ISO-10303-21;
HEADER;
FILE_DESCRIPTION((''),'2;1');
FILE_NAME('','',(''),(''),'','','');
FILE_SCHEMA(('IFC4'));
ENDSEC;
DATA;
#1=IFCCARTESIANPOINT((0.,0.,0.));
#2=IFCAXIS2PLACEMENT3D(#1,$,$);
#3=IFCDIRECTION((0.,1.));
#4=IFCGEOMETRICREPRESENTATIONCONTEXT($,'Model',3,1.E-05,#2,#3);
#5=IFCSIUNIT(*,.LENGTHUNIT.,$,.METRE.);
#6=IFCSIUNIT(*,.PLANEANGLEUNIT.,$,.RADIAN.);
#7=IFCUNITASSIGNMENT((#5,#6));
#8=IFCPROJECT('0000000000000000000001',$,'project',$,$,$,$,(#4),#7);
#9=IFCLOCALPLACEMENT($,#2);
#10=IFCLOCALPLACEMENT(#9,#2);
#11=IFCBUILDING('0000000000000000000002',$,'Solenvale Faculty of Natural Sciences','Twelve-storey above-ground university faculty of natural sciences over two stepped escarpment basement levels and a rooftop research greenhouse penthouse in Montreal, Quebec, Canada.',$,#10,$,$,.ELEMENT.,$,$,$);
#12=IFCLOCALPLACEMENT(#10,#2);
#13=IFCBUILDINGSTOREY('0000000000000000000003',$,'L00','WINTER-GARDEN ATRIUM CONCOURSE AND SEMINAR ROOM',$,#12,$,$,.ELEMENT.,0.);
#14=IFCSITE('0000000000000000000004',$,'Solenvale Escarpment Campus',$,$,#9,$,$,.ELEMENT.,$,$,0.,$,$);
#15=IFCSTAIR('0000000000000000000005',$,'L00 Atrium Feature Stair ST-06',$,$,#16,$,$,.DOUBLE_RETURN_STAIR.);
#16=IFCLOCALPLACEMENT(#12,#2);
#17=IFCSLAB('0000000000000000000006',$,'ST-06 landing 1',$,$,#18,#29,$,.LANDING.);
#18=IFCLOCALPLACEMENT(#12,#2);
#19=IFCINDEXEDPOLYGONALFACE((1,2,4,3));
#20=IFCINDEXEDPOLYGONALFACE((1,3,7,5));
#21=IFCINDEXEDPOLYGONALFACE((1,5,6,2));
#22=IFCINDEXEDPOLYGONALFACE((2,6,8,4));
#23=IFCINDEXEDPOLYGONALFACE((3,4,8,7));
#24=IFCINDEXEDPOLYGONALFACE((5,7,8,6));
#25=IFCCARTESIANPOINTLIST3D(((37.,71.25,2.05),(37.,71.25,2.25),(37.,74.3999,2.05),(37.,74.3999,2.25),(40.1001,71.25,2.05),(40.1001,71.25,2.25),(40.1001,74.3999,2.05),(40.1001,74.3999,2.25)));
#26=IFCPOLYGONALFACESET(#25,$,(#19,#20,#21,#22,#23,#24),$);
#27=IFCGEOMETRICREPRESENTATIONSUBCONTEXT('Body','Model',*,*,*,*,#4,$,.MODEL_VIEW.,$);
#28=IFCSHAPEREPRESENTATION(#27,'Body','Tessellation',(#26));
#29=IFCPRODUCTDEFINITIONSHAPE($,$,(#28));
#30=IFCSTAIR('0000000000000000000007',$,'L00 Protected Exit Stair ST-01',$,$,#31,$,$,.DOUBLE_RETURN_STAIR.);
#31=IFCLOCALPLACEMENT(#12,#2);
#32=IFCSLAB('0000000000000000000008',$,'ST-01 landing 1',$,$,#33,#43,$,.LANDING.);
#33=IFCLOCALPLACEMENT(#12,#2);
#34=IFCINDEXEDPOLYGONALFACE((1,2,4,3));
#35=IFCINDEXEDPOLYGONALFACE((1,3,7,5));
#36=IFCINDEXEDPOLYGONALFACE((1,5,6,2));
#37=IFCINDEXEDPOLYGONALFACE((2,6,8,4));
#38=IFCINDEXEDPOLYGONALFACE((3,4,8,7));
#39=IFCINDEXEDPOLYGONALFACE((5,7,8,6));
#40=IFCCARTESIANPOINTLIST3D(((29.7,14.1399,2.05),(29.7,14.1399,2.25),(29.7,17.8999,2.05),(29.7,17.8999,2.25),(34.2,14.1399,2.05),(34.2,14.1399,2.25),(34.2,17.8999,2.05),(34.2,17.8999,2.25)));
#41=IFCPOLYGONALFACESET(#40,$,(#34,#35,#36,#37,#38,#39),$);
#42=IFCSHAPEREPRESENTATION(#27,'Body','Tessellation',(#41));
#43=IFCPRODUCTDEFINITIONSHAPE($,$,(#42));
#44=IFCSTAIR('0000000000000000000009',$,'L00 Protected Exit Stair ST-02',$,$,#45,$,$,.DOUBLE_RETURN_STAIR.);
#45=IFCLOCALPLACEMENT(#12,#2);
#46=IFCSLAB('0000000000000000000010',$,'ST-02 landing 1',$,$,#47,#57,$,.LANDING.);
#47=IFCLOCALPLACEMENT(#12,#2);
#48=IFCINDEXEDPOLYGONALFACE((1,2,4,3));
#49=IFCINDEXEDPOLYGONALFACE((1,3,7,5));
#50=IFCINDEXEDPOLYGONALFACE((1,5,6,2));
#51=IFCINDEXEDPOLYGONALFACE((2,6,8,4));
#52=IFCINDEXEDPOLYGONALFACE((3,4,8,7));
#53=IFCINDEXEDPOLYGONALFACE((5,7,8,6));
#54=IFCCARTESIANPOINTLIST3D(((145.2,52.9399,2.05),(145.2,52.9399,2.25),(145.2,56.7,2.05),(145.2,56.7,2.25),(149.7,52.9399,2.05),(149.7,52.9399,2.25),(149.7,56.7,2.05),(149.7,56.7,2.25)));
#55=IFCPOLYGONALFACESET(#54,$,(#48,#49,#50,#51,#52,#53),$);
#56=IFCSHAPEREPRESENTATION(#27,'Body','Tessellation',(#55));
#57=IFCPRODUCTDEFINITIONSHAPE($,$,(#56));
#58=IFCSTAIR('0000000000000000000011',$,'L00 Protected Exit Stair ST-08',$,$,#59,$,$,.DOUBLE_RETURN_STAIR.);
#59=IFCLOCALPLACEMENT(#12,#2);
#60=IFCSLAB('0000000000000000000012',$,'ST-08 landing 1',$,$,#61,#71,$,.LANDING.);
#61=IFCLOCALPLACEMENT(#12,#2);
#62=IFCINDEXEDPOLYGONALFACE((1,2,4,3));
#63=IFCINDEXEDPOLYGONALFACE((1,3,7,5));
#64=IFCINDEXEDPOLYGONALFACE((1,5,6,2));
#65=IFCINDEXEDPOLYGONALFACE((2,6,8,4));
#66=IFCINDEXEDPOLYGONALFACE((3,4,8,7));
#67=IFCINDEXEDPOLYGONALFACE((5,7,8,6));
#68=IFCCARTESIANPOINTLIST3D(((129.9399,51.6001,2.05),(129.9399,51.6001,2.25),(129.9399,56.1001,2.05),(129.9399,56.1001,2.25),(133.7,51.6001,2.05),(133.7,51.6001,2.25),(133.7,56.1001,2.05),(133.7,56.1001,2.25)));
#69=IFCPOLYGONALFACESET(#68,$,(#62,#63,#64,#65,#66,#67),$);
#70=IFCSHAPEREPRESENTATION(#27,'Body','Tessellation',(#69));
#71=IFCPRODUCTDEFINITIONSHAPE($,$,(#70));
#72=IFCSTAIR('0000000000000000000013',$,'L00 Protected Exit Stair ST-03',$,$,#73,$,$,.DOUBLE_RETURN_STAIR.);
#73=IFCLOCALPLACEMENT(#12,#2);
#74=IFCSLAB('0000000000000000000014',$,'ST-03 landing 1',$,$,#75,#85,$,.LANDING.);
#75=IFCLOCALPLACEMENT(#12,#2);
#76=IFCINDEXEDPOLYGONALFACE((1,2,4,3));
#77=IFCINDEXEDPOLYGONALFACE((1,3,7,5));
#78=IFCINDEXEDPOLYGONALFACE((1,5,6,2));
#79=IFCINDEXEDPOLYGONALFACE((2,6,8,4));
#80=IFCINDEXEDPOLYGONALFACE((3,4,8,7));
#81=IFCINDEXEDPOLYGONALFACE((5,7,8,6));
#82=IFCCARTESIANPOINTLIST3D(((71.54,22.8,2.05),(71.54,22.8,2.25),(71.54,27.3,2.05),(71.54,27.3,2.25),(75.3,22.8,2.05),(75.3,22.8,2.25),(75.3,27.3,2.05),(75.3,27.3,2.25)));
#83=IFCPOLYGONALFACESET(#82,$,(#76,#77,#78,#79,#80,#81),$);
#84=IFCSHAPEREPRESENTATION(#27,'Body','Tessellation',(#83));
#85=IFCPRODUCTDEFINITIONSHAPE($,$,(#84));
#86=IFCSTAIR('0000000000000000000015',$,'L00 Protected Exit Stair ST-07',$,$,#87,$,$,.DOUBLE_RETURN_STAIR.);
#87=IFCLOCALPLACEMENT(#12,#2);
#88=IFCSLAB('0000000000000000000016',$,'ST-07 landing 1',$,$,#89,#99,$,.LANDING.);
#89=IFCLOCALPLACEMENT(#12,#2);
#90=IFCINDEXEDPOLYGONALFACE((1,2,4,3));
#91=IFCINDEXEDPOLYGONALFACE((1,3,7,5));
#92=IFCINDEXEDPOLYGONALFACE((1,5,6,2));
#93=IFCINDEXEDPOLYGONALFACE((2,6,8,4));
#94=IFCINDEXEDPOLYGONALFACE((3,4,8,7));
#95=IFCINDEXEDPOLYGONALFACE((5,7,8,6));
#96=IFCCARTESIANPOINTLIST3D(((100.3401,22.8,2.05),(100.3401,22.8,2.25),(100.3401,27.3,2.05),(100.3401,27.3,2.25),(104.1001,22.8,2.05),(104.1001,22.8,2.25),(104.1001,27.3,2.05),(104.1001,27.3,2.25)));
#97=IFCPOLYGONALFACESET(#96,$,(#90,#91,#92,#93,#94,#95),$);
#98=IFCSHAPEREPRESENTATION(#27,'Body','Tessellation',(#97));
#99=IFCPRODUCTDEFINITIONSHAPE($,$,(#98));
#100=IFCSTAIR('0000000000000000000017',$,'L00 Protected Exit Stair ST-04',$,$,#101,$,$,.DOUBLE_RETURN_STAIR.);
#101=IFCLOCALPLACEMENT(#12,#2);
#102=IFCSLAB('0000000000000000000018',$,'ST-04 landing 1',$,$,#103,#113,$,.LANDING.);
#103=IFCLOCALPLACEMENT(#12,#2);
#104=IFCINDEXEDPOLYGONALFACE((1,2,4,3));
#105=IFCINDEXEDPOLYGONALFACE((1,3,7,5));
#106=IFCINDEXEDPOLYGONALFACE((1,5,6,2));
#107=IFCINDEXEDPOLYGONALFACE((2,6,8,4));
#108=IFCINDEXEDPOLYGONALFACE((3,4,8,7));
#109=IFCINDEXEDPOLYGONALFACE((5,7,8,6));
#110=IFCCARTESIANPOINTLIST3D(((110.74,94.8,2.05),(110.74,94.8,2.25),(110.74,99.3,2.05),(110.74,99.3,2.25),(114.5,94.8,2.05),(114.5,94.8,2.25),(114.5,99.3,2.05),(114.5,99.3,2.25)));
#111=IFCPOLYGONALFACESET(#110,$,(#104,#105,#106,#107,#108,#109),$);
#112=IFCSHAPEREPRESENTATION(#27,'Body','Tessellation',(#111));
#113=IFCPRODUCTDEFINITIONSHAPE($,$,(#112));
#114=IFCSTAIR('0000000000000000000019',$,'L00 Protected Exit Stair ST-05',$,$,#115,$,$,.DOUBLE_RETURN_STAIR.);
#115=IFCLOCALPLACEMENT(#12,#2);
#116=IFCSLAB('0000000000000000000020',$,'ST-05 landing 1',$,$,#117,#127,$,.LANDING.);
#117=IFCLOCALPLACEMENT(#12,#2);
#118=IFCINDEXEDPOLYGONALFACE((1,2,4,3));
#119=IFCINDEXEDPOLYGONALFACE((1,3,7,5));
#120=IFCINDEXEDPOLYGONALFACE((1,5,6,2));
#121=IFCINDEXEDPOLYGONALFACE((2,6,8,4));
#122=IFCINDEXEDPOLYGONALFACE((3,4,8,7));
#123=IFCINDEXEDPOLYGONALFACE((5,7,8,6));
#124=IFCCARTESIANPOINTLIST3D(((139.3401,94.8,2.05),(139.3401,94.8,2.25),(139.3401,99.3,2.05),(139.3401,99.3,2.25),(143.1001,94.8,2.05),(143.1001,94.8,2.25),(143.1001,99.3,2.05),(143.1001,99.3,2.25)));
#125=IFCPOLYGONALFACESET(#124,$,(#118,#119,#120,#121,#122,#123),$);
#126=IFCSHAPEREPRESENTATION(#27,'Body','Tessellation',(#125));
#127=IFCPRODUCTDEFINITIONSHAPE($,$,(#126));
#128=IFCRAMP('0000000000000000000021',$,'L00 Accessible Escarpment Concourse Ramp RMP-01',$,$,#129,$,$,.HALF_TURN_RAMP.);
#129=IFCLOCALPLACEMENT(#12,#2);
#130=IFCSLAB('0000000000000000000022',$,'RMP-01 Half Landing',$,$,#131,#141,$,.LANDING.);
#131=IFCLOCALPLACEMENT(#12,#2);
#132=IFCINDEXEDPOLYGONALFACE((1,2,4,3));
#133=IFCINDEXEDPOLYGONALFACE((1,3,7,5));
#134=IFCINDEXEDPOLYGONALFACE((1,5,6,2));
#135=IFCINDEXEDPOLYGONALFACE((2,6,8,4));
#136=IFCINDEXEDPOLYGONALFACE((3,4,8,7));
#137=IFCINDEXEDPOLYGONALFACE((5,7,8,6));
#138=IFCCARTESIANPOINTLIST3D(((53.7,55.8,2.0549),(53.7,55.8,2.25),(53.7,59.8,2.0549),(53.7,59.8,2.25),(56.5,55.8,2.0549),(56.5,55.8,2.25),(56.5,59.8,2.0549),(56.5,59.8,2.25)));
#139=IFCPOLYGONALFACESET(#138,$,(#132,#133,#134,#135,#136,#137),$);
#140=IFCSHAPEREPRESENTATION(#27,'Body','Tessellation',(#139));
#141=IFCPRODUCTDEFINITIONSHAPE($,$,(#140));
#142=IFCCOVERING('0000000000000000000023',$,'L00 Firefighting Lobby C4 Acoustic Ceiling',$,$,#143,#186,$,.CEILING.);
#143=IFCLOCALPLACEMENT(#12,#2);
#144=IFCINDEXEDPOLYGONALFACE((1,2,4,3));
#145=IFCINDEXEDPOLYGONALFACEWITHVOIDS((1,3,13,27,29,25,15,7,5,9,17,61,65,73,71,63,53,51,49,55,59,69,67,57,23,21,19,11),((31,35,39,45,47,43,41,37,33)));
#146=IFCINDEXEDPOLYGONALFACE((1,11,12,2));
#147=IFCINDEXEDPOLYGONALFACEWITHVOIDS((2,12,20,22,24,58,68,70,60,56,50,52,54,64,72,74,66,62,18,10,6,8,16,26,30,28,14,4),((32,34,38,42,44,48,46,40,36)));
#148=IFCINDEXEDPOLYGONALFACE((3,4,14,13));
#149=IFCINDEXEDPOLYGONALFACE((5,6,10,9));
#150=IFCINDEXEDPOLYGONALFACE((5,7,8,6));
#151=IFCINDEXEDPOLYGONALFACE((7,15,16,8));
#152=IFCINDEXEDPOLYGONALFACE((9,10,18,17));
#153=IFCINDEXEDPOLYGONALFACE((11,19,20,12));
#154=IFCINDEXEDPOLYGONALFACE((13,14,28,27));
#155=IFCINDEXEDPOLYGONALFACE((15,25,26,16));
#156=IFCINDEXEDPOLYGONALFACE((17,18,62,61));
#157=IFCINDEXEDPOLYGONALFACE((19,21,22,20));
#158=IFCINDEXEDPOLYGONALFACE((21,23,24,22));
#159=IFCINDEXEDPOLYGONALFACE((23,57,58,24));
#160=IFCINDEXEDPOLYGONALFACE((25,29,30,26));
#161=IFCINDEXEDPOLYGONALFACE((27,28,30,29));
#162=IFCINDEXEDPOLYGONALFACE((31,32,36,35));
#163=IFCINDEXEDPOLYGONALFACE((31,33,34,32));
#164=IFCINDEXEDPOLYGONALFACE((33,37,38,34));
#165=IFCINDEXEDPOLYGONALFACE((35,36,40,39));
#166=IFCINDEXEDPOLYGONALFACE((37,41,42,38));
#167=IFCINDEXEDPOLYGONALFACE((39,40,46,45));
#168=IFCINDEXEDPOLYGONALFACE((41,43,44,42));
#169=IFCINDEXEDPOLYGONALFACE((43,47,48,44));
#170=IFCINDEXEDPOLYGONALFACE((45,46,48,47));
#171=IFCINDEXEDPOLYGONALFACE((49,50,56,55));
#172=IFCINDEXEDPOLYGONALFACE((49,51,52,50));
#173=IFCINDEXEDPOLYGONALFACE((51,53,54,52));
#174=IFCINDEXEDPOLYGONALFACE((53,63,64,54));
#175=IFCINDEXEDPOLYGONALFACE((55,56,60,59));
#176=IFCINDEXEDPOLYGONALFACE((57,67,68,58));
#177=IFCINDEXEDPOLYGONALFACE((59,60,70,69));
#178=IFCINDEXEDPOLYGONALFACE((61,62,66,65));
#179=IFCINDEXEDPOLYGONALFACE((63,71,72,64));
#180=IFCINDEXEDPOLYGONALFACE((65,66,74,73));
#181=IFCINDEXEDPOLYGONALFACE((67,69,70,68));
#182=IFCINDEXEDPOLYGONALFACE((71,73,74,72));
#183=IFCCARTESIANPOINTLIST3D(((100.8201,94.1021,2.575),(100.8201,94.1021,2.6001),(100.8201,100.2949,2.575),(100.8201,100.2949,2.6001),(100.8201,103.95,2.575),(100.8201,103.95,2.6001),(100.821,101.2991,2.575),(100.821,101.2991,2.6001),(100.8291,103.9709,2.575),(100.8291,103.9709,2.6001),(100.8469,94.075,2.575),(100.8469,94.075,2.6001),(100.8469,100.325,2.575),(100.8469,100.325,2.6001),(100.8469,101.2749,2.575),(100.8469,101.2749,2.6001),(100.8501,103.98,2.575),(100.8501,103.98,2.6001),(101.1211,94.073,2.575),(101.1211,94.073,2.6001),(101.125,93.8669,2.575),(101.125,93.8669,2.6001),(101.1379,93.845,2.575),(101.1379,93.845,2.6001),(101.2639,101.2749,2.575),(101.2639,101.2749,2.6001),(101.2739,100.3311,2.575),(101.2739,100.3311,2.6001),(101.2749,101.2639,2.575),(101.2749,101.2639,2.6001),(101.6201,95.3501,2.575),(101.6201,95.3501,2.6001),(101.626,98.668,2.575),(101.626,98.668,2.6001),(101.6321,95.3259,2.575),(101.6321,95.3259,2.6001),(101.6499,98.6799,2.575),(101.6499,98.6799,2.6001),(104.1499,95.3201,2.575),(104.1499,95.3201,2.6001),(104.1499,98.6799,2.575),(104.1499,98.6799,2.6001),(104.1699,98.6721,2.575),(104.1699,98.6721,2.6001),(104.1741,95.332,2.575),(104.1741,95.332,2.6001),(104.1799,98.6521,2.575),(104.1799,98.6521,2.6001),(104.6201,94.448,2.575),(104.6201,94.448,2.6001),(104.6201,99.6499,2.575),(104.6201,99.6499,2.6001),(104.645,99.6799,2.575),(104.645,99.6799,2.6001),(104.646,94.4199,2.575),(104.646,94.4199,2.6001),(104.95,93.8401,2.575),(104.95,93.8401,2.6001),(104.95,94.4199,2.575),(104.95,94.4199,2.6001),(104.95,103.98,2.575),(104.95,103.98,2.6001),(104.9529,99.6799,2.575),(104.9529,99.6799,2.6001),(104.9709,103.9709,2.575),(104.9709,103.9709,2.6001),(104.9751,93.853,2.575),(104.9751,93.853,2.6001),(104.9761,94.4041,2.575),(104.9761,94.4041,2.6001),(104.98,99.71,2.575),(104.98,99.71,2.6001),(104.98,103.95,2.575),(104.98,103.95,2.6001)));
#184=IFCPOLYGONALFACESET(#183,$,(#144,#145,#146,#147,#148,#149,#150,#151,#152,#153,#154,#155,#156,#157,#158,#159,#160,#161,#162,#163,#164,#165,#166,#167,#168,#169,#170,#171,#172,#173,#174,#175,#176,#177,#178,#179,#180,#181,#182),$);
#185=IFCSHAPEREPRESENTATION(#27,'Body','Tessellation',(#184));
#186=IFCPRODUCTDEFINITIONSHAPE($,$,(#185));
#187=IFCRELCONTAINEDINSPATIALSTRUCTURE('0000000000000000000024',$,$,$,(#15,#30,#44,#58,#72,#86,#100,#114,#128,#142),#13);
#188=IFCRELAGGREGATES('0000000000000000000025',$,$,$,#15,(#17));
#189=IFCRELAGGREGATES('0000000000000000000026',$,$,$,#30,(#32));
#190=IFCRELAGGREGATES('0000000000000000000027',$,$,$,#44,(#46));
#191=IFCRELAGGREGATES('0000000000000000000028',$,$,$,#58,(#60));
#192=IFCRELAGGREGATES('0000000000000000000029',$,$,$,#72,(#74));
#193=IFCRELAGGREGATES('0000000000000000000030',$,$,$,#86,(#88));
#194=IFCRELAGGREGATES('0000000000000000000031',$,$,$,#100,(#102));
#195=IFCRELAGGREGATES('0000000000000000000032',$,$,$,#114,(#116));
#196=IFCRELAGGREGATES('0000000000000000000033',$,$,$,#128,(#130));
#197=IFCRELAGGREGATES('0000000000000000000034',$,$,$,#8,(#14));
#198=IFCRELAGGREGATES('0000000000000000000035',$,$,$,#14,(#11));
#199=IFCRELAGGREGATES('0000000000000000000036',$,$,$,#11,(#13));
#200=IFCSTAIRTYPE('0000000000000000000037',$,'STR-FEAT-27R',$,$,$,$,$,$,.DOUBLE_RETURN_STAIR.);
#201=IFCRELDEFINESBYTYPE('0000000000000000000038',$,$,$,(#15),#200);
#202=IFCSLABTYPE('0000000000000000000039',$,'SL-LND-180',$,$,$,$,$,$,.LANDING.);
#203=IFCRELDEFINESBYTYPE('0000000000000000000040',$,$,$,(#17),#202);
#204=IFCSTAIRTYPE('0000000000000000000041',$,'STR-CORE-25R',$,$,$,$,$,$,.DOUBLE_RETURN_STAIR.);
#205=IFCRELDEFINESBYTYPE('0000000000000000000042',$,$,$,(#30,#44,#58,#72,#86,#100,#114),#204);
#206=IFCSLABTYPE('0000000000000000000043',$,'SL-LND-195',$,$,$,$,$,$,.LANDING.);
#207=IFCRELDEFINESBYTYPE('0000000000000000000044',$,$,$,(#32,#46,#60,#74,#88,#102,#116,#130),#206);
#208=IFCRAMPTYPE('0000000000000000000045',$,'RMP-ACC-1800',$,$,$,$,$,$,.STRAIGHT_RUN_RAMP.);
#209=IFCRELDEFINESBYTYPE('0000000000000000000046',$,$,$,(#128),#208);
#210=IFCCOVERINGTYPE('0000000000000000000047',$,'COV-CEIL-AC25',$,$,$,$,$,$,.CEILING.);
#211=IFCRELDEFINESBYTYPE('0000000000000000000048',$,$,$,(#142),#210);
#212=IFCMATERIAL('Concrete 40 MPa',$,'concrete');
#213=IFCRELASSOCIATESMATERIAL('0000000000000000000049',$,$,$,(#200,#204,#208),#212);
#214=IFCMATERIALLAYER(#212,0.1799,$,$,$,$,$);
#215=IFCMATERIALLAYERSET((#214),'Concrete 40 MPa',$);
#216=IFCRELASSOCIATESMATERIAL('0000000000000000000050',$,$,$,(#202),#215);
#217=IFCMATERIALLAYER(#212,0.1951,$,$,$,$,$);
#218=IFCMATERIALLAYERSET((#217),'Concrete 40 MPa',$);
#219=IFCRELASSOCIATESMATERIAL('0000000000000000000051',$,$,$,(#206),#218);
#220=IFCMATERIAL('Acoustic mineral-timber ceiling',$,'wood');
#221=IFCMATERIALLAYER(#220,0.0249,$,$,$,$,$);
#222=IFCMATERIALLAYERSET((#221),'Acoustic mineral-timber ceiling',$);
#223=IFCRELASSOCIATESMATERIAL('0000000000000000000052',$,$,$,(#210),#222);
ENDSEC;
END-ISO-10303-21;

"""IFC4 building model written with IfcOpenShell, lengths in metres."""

from ifc_helpers import new_model, si_unit, direction, frame, origin, place, context, subcontext, project, spatial, polyline, outline, extrude, material, layer, layer_set, type_object, element, aggregate, save


model = new_model("IFC4")

# Units and contexts
model_context = context("Model", 3, precision=1e-05, world=origin(), true_north=direction((0.0, 1.0)))
body_context = subcontext(model_context, "Body", "Model", "MODEL_VIEW")
ifc_project = project(units=[si_unit("LENGTHUNIT", "METRE"), si_unit("PLANEANGLEUNIT", "RADIAN")], contexts=[model_context])

# Site, building, storey
site_placement = place(None, origin())
site = spatial("IfcSite", under=ifc_project, at=site_placement, Name="Solenvale Escarpment Campus", CompositionType="ELEMENT", RefElevation=0.0)
building_placement = place(site_placement, origin())
building = spatial("IfcBuilding", under=site, at=building_placement, Name="Solenvale Faculty of Natural Sciences", Description="Twelve-storey above-ground university faculty of natural sciences over two stepped escarpment basement levels and a rooftop research greenhouse penthouse in Montreal, Quebec, Canada.", CompositionType="ELEMENT")
storey_placement = place(building_placement, origin())
storey = spatial("IfcBuildingStorey", under=building, at=storey_placement, Name="L00", Description="WINTER-GARDEN ATRIUM CONCOURSE AND SEMINAR ROOM", CompositionType="ELEMENT", Elevation=0.0)

# Stairs, slabs
ifc_material_1 = material(Name="Concrete 40 MPa", Category="concrete")
stair_type_1 = type_object("IfcStairType", Name="STR-FEAT-27R", PredefinedType="DOUBLE_RETURN_STAIR", material=ifc_material_1)
stair_1_placement = place(storey_placement, origin())
stair_1 = element("IfcStair", 1, at=stair_1_placement, inside=storey, type_object=stair_type_1, Name="L00 Atrium Feature Stair ST-06", PredefinedType="DOUBLE_RETURN_STAIR")
ifc_layer_1 = layer(ifc_material_1, 0.1799)
ifc_layer_set_1 = layer_set([ifc_layer_1], Name="Concrete 40 MPa")
slab_type_1 = type_object("IfcSlabType", Name="SL-LND-180", PredefinedType="LANDING", material=ifc_layer_set_1)
slab_1_placement = place(storey_placement, frame((0.0, 0.0, 2.05)))
slab_1 = element("IfcSlab", 2, at=slab_1_placement, type_object=slab_type_1, Name="ST-06 landing 1", PredefinedType="LANDING", context=body_context, shape_type="SweptSolid", body=[
    extrude(outline(polyline([(40.1001, 71.25), (40.1001, 74.3999), (37.0, 74.3999), (37.0, 71.25), (40.1001, 71.25)])), origin(), (0.0, 0.0, 1.0), 0.2),
])
aggregate(stair_1, [slab_1])
stair_type_2 = type_object("IfcStairType", Name="STR-CORE-25R", PredefinedType="DOUBLE_RETURN_STAIR", material=ifc_material_1)
stair_2_placement = place(storey_placement, origin())
stair_2 = element("IfcStair", 3, at=stair_2_placement, inside=storey, type_object=stair_type_2, Name="L00 Protected Exit Stair ST-01", PredefinedType="DOUBLE_RETURN_STAIR")
ifc_layer_2 = layer(ifc_material_1, 0.1951)
ifc_layer_set_2 = layer_set([ifc_layer_2], Name="Concrete 40 MPa")
slab_type_2 = type_object("IfcSlabType", Name="SL-LND-195", PredefinedType="LANDING", material=ifc_layer_set_2)
slab_2_placement = place(storey_placement, frame((0.0, 0.0, 2.05)))
slab_2 = element("IfcSlab", 4, at=slab_2_placement, type_object=slab_type_2, Name="ST-01 landing 1", PredefinedType="LANDING", context=body_context, shape_type="SweptSolid", body=[
    extrude(outline(polyline([(34.2, 14.1399), (34.2, 17.8999), (29.7, 17.8999), (29.7, 14.1399), (34.2, 14.1399)])), origin(), (0.0, 0.0, 1.0), 0.2),
])
aggregate(stair_2, [slab_2])
stair_3_placement = place(storey_placement, origin())
stair_3 = element("IfcStair", 5, at=stair_3_placement, inside=storey, type_object=stair_type_2, Name="L00 Protected Exit Stair ST-02", PredefinedType="DOUBLE_RETURN_STAIR")
slab_3_placement = place(storey_placement, frame((0.0, 0.0, 2.05)))
slab_3 = element("IfcSlab", 6, at=slab_3_placement, type_object=slab_type_2, Name="ST-02 landing 1", PredefinedType="LANDING", context=body_context, shape_type="SweptSolid", body=[
    extrude(outline(polyline([(149.7, 52.9399), (149.7, 56.7), (145.2, 56.7), (145.2, 52.9399), (149.7, 52.9399)])), origin(), (0.0, 0.0, 1.0), 0.2),
])
aggregate(stair_3, [slab_3])
stair_4_placement = place(storey_placement, origin())
stair_4 = element("IfcStair", 7, at=stair_4_placement, inside=storey, type_object=stair_type_2, Name="L00 Protected Exit Stair ST-08", PredefinedType="DOUBLE_RETURN_STAIR")
slab_4_placement = place(storey_placement, frame((0.0, 0.0, 2.05)))
slab_4 = element("IfcSlab", 8, at=slab_4_placement, type_object=slab_type_2, Name="ST-08 landing 1", PredefinedType="LANDING", context=body_context, shape_type="SweptSolid", body=[
    extrude(outline(polyline([(129.9399, 51.6001), (133.7, 51.6001), (133.7, 56.1001), (129.9399, 56.1001), (129.9399, 51.6001)])), origin(), (0.0, 0.0, 1.0), 0.2),
])
aggregate(stair_4, [slab_4])
stair_5_placement = place(storey_placement, origin())
stair_5 = element("IfcStair", 9, at=stair_5_placement, inside=storey, type_object=stair_type_2, Name="L00 Protected Exit Stair ST-03", PredefinedType="DOUBLE_RETURN_STAIR")
slab_5_placement = place(storey_placement, frame((0.0, 0.0, 2.05)))
slab_5 = element("IfcSlab", 10, at=slab_5_placement, type_object=slab_type_2, Name="ST-03 landing 1", PredefinedType="LANDING", context=body_context, shape_type="SweptSolid", body=[
    extrude(outline(polyline([(71.54, 22.8), (75.3, 22.8), (75.3, 27.3), (71.54, 27.3), (71.54, 22.8)])), origin(), (0.0, 0.0, 1.0), 0.2),
])
aggregate(stair_5, [slab_5])
stair_6_placement = place(storey_placement, origin())
stair_6 = element("IfcStair", 11, at=stair_6_placement, inside=storey, type_object=stair_type_2, Name="L00 Protected Exit Stair ST-07", PredefinedType="DOUBLE_RETURN_STAIR")
slab_6_placement = place(storey_placement, frame((0.0, 0.0, 2.05)))
slab_6 = element("IfcSlab", 12, at=slab_6_placement, type_object=slab_type_2, Name="ST-07 landing 1", PredefinedType="LANDING", context=body_context, shape_type="SweptSolid", body=[
    extrude(outline(polyline([(100.3401, 22.8), (104.1001, 22.8), (104.1001, 27.3), (100.3401, 27.3), (100.3401, 22.8)])), origin(), (0.0, 0.0, 1.0), 0.2),
])
aggregate(stair_6, [slab_6])
stair_7_placement = place(storey_placement, origin())
stair_7 = element("IfcStair", 13, at=stair_7_placement, inside=storey, type_object=stair_type_2, Name="L00 Protected Exit Stair ST-04", PredefinedType="DOUBLE_RETURN_STAIR")
slab_7_placement = place(storey_placement, frame((0.0, 0.0, 2.05)))
slab_7 = element("IfcSlab", 14, at=slab_7_placement, type_object=slab_type_2, Name="ST-04 landing 1", PredefinedType="LANDING", context=body_context, shape_type="SweptSolid", body=[
    extrude(outline(polyline([(110.74, 94.8), (114.5, 94.8), (114.5, 99.3), (110.74, 99.3), (110.74, 94.8)])), origin(), (0.0, 0.0, 1.0), 0.2),
])
aggregate(stair_7, [slab_7])
stair_8_placement = place(storey_placement, origin())
stair_8 = element("IfcStair", 15, at=stair_8_placement, inside=storey, type_object=stair_type_2, Name="L00 Protected Exit Stair ST-05", PredefinedType="DOUBLE_RETURN_STAIR")
slab_8_placement = place(storey_placement, frame((0.0, 0.0, 2.05)))
slab_8 = element("IfcSlab", 16, at=slab_8_placement, type_object=slab_type_2, Name="ST-05 landing 1", PredefinedType="LANDING", context=body_context, shape_type="SweptSolid", body=[
    extrude(outline(polyline([(139.3401, 94.8), (143.1001, 94.8), (143.1001, 99.3), (139.3401, 99.3), (139.3401, 94.8)])), origin(), (0.0, 0.0, 1.0), 0.2),
])
aggregate(stair_8, [slab_8])

# Ramp, slab
ramp_type = type_object("IfcRampType", Name="RMP-ACC-1800", PredefinedType="STRAIGHT_RUN_RAMP", material=ifc_material_1)
ramp_placement = place(storey_placement, origin())
ramp = element("IfcRamp", 17, at=ramp_placement, inside=storey, type_object=ramp_type, Name="L00 Accessible Escarpment Concourse Ramp RMP-01", PredefinedType="HALF_TURN_RAMP")
slab_9_placement = place(storey_placement, frame((0.0, 0.0, 2.0549)))
slab_9 = element("IfcSlab", 18, at=slab_9_placement, type_object=slab_type_2, Name="RMP-01 Half Landing", PredefinedType="LANDING", context=body_context, shape_type="SweptSolid", body=[
    extrude(outline(polyline([(53.7, 55.8), (56.5, 55.8), (56.5, 59.8), (53.7, 59.8), (53.7, 55.8)])), origin(), (0.0, 0.0, 1.0), 0.1951),
])
aggregate(ramp, [slab_9])

# Covering
ifc_material_2 = material(Name="Acoustic mineral-timber ceiling", Category="wood")
ifc_layer_3 = layer(ifc_material_2, 0.0249)
ifc_layer_set_3 = layer_set([ifc_layer_3], Name="Acoustic mineral-timber ceiling")
covering_type_1 = type_object("IfcCoveringType", Name="COV-CEIL-AC25", PredefinedType="CEILING", material=ifc_layer_set_3)
covering_1_placement = place(storey_placement, frame((0.0, 0.0, 2.575)))
element("IfcCovering", 19, at=covering_1_placement, inside=storey, type_object=covering_type_1, Name="L00 Firefighting Lobby C4 Acoustic Ceiling", PredefinedType="CEILING", context=body_context, shape_type="SweptSolid", body=[
    extrude(outline(polyline([(104.98, 99.71), (104.9529, 99.6799), (104.645, 99.6799), (104.6201, 99.6499), (104.6201, 94.448), (104.646, 94.4199), (104.95, 94.4199), (104.9761, 94.4041), (104.9751, 93.853), (104.95, 93.8401), (101.1379, 93.845), (101.125, 93.8669), (101.1211, 94.073), (100.8469, 94.075), (100.8201, 94.1021), (100.8201, 100.2949), (100.8469, 100.325), (101.2739, 100.3311), (101.2749, 101.2639), (101.2639, 101.2749), (100.8469, 101.2749), (100.821, 101.2991), (100.8201, 103.95), (100.8291, 103.9709), (100.8501, 103.98), (104.95, 103.98), (104.9709, 103.9709), (104.98, 103.95), (104.98, 99.71)]), holes=[polyline([(104.1799, 98.6521), (104.1699, 98.6721), (104.1499, 98.6799), (101.6499, 98.6799), (101.626, 98.668), (101.6201, 95.3501), (101.6321, 95.3259), (104.1499, 95.3201), (104.1741, 95.332), (104.1799, 98.6521)])]), origin(), (0.0, 0.0, 1.0), 0.0251),
])

save(model, "model.ifc")
